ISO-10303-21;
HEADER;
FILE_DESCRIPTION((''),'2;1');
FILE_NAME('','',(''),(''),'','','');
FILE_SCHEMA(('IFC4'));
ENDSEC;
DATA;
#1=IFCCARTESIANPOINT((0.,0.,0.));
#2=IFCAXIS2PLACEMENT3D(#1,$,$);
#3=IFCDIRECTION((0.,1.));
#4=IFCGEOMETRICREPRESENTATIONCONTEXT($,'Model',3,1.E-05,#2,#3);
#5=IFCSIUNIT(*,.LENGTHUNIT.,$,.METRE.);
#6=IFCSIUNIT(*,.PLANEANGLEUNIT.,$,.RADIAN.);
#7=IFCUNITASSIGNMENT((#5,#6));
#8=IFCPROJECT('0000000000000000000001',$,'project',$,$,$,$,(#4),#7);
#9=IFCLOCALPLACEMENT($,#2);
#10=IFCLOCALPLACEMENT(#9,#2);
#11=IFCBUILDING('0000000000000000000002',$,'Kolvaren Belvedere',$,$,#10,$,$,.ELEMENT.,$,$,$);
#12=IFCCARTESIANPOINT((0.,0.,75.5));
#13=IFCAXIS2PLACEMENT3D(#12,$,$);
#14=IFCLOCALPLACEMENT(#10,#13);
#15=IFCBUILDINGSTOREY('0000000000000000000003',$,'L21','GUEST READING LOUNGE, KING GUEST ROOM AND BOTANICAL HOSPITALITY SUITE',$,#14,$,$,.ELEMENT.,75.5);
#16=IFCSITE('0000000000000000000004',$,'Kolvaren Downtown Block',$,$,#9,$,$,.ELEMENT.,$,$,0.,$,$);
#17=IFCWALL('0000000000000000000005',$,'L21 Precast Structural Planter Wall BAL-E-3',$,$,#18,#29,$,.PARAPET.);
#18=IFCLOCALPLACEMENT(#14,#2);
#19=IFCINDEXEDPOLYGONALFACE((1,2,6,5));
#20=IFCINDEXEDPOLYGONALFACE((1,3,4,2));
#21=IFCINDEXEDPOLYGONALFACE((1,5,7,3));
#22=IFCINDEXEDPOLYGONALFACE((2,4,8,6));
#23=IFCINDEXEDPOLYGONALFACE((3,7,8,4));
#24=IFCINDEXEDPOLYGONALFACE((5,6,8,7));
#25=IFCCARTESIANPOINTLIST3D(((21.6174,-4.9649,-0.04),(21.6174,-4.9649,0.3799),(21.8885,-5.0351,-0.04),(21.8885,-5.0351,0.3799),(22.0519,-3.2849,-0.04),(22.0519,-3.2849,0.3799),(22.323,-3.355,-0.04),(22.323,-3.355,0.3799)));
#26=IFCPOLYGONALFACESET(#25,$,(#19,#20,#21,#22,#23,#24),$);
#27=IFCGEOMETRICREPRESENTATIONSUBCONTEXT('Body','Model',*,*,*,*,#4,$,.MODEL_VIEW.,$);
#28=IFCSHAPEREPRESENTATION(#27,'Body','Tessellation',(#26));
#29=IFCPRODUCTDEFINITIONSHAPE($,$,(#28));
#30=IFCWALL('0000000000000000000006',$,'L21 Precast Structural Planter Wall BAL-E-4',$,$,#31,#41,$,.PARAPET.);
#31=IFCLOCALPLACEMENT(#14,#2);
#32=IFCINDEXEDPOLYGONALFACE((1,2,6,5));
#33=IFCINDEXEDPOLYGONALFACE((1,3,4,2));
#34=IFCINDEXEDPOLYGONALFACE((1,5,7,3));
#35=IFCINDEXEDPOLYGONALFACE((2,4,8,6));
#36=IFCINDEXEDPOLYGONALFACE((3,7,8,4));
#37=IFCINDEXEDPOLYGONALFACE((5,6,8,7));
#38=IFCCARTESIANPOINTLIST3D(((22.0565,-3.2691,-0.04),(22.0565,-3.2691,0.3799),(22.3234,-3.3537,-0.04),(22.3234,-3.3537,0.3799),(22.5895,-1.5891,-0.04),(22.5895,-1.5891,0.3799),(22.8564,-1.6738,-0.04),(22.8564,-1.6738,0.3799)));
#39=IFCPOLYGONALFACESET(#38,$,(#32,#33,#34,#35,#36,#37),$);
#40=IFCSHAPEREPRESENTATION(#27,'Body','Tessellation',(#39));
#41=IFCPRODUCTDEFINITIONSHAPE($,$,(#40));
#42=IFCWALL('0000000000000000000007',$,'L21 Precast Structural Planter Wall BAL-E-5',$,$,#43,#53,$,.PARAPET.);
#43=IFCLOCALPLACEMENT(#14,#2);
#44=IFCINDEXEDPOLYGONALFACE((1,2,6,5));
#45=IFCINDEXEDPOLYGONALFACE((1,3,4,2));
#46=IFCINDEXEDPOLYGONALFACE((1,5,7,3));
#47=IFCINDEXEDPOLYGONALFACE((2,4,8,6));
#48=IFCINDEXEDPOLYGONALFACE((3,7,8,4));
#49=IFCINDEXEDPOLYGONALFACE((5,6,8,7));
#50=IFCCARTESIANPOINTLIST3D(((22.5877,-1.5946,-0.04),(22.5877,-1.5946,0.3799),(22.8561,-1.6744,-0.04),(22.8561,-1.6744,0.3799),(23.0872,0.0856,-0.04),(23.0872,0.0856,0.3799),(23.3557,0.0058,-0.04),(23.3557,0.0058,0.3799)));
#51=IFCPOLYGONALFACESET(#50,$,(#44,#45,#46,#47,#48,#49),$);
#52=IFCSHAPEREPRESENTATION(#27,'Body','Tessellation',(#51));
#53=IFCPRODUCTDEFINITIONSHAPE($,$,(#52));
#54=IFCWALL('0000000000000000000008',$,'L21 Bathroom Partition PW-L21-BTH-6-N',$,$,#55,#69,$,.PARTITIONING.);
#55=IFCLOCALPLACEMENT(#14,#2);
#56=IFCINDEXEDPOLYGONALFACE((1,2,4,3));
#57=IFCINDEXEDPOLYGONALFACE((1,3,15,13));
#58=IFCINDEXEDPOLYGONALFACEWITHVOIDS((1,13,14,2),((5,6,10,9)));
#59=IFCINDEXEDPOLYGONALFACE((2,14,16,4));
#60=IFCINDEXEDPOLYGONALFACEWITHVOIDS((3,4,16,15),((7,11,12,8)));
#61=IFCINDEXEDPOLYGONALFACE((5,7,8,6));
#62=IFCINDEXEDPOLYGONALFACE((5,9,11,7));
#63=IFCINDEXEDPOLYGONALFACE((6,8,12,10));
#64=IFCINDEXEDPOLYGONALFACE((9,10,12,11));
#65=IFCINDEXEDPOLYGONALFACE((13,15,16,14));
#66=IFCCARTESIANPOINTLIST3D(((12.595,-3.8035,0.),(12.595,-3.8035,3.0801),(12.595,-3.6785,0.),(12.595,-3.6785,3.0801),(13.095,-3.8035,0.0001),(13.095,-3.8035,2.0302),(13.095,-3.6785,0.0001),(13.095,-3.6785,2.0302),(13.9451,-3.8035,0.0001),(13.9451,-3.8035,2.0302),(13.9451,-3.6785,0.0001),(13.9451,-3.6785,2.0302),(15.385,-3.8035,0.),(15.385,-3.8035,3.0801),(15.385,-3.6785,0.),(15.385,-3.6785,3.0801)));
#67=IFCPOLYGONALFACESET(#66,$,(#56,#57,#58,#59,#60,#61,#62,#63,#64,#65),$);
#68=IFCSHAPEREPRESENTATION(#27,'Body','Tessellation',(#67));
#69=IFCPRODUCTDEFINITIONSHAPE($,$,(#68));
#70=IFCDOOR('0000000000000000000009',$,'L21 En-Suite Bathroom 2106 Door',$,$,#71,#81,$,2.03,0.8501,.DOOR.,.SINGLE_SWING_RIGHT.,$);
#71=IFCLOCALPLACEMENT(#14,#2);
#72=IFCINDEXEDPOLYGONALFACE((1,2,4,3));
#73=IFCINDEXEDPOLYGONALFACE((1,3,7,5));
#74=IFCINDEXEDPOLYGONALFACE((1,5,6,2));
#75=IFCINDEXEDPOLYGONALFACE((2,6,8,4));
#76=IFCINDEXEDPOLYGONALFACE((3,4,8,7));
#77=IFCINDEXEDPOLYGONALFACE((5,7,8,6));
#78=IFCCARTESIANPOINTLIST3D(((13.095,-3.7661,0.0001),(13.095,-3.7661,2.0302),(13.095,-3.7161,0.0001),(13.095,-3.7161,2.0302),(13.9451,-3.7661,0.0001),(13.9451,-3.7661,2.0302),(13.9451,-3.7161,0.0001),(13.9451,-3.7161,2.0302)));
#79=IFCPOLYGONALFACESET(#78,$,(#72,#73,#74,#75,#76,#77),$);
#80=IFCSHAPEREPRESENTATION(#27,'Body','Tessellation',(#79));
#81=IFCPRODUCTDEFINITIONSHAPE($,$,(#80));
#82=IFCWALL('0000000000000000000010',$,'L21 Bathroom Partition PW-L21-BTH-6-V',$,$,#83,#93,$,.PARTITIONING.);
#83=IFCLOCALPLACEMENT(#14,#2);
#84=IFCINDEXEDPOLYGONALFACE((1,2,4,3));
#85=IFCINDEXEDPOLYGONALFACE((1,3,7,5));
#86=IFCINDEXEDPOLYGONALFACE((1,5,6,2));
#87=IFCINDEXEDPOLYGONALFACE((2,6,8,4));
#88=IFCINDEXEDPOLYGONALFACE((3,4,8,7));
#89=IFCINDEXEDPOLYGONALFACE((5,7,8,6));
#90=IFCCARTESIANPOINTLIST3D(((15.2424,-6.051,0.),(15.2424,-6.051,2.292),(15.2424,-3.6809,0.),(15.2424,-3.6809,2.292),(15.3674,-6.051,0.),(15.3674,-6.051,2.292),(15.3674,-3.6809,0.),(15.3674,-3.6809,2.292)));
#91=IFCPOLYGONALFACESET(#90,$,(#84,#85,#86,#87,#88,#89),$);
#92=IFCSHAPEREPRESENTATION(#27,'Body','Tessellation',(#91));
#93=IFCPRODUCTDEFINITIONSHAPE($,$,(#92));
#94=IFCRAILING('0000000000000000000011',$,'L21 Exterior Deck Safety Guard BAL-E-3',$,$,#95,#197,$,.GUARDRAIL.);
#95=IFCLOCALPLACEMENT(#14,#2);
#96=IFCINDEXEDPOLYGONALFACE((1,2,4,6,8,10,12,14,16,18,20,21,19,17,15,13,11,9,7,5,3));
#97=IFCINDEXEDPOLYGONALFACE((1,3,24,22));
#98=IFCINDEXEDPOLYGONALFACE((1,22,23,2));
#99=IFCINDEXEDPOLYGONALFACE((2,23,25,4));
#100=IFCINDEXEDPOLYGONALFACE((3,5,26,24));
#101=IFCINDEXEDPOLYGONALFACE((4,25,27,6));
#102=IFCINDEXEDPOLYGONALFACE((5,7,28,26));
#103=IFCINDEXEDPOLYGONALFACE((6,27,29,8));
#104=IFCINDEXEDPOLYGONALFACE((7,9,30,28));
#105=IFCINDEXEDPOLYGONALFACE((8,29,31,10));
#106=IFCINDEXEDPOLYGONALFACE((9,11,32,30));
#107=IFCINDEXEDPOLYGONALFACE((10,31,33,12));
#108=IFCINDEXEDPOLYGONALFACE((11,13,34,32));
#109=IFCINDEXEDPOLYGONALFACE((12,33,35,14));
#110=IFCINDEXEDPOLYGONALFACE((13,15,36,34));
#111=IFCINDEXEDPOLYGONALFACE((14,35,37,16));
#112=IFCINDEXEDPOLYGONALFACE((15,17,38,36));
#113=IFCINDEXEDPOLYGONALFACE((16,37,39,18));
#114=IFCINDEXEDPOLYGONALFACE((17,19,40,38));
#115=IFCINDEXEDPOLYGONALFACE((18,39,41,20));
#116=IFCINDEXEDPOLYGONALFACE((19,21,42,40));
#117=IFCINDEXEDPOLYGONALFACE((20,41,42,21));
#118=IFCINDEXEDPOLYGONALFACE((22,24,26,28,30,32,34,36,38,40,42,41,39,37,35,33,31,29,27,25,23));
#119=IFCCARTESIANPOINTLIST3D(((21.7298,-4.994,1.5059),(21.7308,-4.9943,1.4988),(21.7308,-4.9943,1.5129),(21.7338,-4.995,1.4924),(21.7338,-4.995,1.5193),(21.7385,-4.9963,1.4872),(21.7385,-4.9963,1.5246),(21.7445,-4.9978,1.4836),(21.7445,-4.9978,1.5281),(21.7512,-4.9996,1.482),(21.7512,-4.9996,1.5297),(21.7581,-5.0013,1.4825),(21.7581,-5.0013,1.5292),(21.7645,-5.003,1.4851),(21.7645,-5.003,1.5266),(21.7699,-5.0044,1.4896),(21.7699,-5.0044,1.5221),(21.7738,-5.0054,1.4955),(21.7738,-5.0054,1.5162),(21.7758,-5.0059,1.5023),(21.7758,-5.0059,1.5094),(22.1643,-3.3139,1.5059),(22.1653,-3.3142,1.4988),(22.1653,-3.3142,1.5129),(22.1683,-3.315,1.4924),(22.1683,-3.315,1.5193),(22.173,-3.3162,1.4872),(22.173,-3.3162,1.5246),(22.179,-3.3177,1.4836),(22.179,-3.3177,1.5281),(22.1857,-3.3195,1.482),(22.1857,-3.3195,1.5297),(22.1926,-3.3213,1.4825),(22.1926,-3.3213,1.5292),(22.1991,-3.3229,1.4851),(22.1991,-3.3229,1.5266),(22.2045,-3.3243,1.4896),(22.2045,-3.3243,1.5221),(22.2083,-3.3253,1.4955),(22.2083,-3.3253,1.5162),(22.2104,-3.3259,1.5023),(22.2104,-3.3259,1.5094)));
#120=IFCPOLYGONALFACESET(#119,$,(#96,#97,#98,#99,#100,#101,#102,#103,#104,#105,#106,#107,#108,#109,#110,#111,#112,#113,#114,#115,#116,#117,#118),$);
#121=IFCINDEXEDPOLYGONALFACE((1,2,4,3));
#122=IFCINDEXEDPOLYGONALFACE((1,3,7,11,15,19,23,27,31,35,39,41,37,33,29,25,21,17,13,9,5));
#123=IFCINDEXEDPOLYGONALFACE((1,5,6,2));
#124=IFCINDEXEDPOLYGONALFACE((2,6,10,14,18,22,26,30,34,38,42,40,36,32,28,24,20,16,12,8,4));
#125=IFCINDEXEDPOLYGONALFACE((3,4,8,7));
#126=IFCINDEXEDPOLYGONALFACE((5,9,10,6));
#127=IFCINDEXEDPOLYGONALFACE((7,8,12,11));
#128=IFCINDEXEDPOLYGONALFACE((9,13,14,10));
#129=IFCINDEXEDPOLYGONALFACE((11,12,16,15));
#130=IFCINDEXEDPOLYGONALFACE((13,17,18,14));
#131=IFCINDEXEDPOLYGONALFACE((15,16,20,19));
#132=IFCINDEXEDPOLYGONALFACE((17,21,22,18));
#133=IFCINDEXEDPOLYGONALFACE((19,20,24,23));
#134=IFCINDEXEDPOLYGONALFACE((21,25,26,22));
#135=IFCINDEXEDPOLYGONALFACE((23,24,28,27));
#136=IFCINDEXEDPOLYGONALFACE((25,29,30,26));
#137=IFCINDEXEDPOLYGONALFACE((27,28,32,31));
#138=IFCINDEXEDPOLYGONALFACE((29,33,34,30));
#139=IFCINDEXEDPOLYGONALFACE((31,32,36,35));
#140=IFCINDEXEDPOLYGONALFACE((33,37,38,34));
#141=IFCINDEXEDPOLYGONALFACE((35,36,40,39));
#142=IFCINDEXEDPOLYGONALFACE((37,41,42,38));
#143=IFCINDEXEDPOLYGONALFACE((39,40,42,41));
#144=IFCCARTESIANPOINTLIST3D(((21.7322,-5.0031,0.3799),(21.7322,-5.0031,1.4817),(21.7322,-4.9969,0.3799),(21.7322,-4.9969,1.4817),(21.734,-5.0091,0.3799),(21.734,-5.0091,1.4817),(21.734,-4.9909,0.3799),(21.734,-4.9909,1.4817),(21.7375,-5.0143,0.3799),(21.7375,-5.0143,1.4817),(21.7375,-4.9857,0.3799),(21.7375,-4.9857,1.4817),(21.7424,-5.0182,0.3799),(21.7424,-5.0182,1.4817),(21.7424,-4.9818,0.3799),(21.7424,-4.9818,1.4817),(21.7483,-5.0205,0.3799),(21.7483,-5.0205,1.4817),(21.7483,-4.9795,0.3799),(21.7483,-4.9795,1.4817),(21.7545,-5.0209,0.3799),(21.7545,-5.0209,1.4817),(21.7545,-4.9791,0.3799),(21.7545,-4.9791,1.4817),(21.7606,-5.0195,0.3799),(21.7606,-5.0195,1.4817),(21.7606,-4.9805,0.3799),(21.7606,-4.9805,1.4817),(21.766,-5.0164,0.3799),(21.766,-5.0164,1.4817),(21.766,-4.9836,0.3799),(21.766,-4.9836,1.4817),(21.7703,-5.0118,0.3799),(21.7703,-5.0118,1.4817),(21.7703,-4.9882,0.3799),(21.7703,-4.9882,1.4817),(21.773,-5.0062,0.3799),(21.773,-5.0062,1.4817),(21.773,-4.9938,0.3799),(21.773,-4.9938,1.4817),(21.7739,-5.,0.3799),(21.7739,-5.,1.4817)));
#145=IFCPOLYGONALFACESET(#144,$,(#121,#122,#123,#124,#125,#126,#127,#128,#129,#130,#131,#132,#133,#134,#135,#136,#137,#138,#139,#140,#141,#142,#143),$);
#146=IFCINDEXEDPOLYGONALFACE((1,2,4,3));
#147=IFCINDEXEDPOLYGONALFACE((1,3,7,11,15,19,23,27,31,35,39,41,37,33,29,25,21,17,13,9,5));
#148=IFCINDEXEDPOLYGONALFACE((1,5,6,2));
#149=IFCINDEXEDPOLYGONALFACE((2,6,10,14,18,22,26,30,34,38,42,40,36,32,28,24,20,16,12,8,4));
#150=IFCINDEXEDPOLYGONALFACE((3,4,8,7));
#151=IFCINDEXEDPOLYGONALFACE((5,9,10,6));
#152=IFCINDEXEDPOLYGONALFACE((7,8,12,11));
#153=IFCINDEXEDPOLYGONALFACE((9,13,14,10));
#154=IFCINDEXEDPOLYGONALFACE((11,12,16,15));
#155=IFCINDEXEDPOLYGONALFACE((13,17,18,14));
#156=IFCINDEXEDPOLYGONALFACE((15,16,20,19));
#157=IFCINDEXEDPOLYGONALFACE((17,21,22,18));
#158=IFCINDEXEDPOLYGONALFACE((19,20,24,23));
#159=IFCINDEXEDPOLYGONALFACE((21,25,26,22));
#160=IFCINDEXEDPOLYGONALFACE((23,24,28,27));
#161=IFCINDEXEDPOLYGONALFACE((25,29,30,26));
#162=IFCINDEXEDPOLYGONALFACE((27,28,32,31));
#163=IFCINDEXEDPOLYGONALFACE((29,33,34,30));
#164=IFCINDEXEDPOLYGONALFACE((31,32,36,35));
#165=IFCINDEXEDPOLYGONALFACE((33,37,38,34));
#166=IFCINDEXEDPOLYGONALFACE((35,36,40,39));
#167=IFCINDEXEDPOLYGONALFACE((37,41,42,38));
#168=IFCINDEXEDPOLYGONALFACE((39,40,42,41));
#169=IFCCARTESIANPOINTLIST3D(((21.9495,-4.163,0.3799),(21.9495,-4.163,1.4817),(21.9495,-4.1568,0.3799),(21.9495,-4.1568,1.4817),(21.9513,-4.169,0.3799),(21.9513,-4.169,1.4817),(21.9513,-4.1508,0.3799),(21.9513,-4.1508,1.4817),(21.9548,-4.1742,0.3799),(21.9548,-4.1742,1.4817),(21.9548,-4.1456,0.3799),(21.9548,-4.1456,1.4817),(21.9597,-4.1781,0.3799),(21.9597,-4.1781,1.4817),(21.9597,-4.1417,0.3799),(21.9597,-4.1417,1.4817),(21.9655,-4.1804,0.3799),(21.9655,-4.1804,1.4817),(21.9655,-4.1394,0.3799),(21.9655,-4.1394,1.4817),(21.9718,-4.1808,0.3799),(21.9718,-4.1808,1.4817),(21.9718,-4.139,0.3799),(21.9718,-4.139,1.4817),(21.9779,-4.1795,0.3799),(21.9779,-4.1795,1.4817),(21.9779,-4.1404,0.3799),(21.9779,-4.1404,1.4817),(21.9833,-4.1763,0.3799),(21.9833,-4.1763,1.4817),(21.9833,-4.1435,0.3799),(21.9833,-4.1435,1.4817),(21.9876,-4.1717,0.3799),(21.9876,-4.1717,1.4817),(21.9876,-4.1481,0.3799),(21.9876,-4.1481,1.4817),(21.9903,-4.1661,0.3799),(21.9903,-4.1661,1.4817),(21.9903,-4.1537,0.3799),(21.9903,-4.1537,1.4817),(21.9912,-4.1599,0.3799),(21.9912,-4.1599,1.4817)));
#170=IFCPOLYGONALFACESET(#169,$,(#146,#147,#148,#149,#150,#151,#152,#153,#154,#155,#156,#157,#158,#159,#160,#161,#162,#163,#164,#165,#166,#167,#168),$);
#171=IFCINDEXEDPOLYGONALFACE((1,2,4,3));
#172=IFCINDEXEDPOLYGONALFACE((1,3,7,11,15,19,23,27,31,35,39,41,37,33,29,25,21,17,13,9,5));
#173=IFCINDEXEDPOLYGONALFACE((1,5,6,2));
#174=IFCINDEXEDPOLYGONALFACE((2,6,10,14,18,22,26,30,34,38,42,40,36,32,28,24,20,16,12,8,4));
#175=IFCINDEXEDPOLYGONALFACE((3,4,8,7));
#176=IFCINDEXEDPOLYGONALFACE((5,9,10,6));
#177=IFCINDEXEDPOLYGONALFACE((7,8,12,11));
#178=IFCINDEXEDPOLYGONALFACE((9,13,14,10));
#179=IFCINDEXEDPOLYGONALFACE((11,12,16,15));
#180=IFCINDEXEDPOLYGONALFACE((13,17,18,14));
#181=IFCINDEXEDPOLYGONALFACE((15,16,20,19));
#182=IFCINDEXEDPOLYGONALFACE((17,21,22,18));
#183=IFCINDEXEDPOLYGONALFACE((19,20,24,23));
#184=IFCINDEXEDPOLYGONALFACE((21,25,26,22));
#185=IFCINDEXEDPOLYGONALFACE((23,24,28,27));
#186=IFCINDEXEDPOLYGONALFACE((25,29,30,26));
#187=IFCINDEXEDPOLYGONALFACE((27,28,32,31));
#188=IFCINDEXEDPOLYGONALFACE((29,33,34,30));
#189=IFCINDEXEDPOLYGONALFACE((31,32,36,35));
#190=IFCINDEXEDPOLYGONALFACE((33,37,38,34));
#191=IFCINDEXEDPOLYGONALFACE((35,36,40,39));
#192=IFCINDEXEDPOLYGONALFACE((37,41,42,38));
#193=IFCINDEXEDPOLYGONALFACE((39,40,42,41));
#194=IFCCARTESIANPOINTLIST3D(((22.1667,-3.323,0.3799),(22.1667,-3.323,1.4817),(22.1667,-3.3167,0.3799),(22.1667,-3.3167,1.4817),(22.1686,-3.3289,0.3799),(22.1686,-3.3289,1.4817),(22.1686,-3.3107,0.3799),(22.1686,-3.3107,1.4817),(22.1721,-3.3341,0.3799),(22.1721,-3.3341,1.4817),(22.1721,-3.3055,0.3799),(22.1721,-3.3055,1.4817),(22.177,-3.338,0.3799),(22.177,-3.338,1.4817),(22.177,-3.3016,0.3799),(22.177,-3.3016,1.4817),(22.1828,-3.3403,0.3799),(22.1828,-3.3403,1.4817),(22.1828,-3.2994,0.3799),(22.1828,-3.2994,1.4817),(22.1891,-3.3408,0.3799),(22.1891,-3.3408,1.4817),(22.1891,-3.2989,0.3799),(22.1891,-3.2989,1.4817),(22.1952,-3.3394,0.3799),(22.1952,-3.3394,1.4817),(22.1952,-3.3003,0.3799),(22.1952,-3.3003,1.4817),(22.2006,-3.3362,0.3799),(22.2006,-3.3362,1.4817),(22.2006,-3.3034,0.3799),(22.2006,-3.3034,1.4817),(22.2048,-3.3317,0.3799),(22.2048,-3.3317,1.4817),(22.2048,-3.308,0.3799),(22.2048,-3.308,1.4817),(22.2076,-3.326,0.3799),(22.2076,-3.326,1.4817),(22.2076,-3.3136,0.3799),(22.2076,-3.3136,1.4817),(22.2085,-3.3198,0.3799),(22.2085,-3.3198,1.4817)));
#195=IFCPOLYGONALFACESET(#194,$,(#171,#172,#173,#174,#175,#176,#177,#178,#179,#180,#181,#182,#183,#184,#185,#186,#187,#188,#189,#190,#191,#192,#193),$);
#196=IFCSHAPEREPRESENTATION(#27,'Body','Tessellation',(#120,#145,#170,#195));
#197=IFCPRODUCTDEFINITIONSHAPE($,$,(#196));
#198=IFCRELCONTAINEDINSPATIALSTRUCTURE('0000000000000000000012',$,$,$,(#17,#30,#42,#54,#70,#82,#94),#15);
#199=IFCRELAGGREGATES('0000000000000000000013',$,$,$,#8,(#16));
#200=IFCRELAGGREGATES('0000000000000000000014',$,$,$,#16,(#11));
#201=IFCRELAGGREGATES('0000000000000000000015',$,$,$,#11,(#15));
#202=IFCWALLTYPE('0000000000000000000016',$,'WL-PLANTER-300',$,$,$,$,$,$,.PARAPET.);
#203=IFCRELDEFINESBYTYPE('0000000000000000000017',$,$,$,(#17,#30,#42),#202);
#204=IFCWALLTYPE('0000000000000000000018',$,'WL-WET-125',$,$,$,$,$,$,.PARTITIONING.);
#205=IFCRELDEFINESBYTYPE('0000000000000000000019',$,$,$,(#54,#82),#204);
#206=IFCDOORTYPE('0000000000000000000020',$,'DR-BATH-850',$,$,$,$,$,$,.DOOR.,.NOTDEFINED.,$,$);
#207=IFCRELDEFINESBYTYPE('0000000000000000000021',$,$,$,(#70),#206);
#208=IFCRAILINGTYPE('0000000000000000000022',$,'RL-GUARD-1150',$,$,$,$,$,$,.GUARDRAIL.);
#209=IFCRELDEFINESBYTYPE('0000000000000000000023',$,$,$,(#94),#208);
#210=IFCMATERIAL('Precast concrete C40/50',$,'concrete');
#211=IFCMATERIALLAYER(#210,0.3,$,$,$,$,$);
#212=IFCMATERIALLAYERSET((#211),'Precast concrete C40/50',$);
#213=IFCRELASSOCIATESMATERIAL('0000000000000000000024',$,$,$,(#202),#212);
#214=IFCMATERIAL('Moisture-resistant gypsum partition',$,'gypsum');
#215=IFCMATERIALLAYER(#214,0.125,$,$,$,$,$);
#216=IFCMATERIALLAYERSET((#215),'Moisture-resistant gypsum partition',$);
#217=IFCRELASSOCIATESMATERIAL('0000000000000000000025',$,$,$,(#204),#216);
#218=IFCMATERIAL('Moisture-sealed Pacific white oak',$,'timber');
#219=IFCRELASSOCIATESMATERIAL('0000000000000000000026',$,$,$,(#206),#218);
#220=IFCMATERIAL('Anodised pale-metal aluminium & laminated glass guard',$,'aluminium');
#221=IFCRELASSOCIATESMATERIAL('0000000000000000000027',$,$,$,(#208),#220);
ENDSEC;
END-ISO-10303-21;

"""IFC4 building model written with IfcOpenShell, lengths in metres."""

from ifc_helpers import new_model, si_unit, direction, frame, frame_2d, origin, origin_2d, place, context, subcontext, project, spatial, rectangle, circle, extrude, material, layer, layer_set, type_object, element, fill, save


model = new_model("IFC4")

# Units and contexts
model_context = context("Model", 3, precision=1e-05, world=origin(), true_north=direction((0.0, 1.0)))
body_context = subcontext(model_context, "Body", "Model", "MODEL_VIEW")
ifc_project = project(units=[si_unit("LENGTHUNIT", "METRE"), si_unit("PLANEANGLEUNIT", "RADIAN")], contexts=[model_context])

# Site, building, storey
site_placement = place(None, origin())
site = spatial("IfcSite", under=ifc_project, at=site_placement, Name="Kolvaren Downtown Block", CompositionType="ELEMENT", RefElevation=0.0)
building_placement = place(site_placement, origin())
building = spatial("IfcBuilding", under=site, at=building_placement, Name="Kolvaren Belvedere", CompositionType="ELEMENT")
storey_placement = place(building_placement, frame((0.0, 0.0, 75.5)))
storey = spatial("IfcBuildingStorey", under=building, at=storey_placement, Name="L21", Description="GUEST READING LOUNGE, KING GUEST ROOM AND BOTANICAL HOSPITALITY SUITE", CompositionType="ELEMENT", Elevation=75.5)

# Walls
ifc_material_1 = material(Name="Precast concrete C40/50", Category="concrete")
ifc_layer_1 = layer(ifc_material_1, 0.3)
ifc_layer_set_1 = layer_set([ifc_layer_1], Name="Precast concrete C40/50")
wall_type_1 = type_object("IfcWallType", Name="WL-PLANTER-300", PredefinedType="PARAPET", material=ifc_layer_set_1)
wall_1_placement = place(storey_placement, frame((21.7529, -5.0, -0.04), z_axis=(0.0, 0.0, 1.0), x_axis=(0.250406, 0.968141, 0.0)))
element("IfcWall", 1, at=wall_1_placement, inside=storey, type_object=wall_type_1, Name="L21 Precast Structural Planter Wall BAL-E-3", PredefinedType="PARAPET", context=body_context, shape_type="SweptSolid", body=[
    extrude(rectangle(XDim=1.7354, YDim=0.28, at=frame_2d((0.8677, 0.0))), origin(), (0.0, 0.0, 1.0), 0.4199),
])
wall_2_placement = place(storey_placement, frame((22.1899, -3.3115, -0.04), z_axis=(0.0, 0.0, 1.0), x_axis=(0.302397, 0.953182, 0.0)))
element("IfcWall", 2, at=wall_2_placement, inside=storey, type_object=wall_type_1, Name="L21 Precast Structural Planter Wall BAL-E-4", PredefinedType="PARAPET", context=body_context, shape_type="SweptSolid", body=[
    extrude(rectangle(XDim=1.7625, YDim=0.28, at=frame_2d((0.8813, 0.0))), origin(), (0.0, 0.0, 1.0), 0.4199),
])
wall_3_placement = place(storey_placement, frame((22.7219, -1.6345, -0.04), z_axis=(0.0, 0.0, 1.0), x_axis=(0.28497, 0.958536, 0.0)))
element("IfcWall", 3, at=wall_3_placement, inside=storey, type_object=wall_type_1, Name="L21 Precast Structural Planter Wall BAL-E-5", PredefinedType="PARAPET", context=body_context, shape_type="SweptSolid", body=[
    extrude(rectangle(XDim=1.7529, YDim=0.28, at=frame_2d((0.8765, 0.0))), origin(), (0.0, 0.0, 1.0), 0.4199),
])

# Wall, opening, door
ifc_material_2 = material(Name="Moisture-resistant gypsum partition", Category="gypsum")
ifc_layer_2 = layer(ifc_material_2, 0.125)
ifc_layer_set_2 = layer_set([ifc_layer_2], Name="Moisture-resistant gypsum partition")
wall_type_2 = type_object("IfcWallType", Name="WL-WET-125", PredefinedType="PARTITIONING", material=ifc_layer_set_2)
wall_4_placement = place(storey_placement, frame((12.595, -3.741, 0.0), z_axis=(0.0, 0.0, 1.0), x_axis=(1.0, 0.0, 0.0)))
wall_4 = element("IfcWall", 4, at=wall_4_placement, inside=storey, type_object=wall_type_2, Name="L21 Bathroom Partition PW-L21-BTH-6-N", PredefinedType="PARTITIONING", context=body_context, shape_type="SweptSolid", body=[
    extrude(rectangle(XDim=2.79, YDim=0.125, at=frame_2d((1.395, 0.0))), origin(), (0.0, 0.0, 1.0), 3.0801),
])
opening_placement = place(wall_4_placement, frame((0.5, 0.0, 0.0)))
opening = element("IfcOpeningElement", 5, at=opening_placement, cuts=wall_4, PredefinedType="OPENING", context=body_context, shape_type="SweptSolid", body=[
    extrude(rectangle(XDim=0.8501, YDim=2.03, at=frame_2d((0.425, 1.0151))), frame((0.0, 0.0725, 0.0), z_axis=(0.0, -1.0, 0.0), x_axis=(1.0, 0.0, 0.0)), (0.0, 0.0, 1.0), 0.145),
])
ifc_material_3 = material(Name="Moisture-sealed Pacific white oak", Category="timber")
door_type = type_object("IfcDoorType", Name="DR-BATH-850", OperationType="NOTDEFINED", PredefinedType="DOOR", material=ifc_material_3)
door_placement = place(opening_placement, origin())
door = element("IfcDoor", 6, at=door_placement, inside=storey, type_object=door_type, Name="L21 En-Suite Bathroom 2106 Door", OperationType="SINGLE_SWING_RIGHT", OverallHeight=2.03, OverallWidth=0.8501, PredefinedType="DOOR", context=body_context, shape_type="SweptSolid", body=[
    extrude(rectangle(XDim=0.8501, YDim=2.03, at=frame_2d((0.425, 1.0151))), frame((0.0, 0.0249, 0.0), z_axis=(0.0, -1.0, 0.0), x_axis=(1.0, 0.0, 0.0)), (0.0, 0.0, 1.0), 0.05),
])
fill(opening, door)

# Wall
wall_5_placement = place(storey_placement, frame((15.3049, -6.051, 0.0), z_axis=(0.0, 0.0, 1.0), x_axis=(0.0, 1.0, 0.0)))
element("IfcWall", 7, at=wall_5_placement, inside=storey, type_object=wall_type_2, Name="L21 Bathroom Partition PW-L21-BTH-6-V", PredefinedType="PARTITIONING", context=body_context, shape_type="SweptSolid", body=[
    extrude(rectangle(XDim=2.3701, YDim=0.125, at=frame_2d((1.1851, 0.0))), origin(), (0.0, 0.0, 1.0), 2.292),
])

# Railing
ifc_material_4 = material(Name="Anodised pale-metal aluminium & laminated glass guard", Category="aluminium")
railing_type = type_object("IfcRailingType", Name="RL-GUARD-1150", PredefinedType="GUARDRAIL", material=ifc_material_4)
railing_1_placement = place(storey_placement, frame((21.7529, -5.0, 0.3799)))
element("IfcRailing", 8, at=railing_1_placement, inside=storey, type_object=railing_type, Name="L21 Exterior Deck Safety Guard BAL-E-3", PredefinedType="GUARDRAIL", context=body_context, shape_type="SweptSolid", body=[
    extrude(circle(Radius=0.0239, at=origin_2d()), frame((0.0, 0.0, 1.126), z_axis=(0.250406, 0.968141, 0.0), x_axis=(-0.968141, 0.250406, 0.0)), (0.0, 0.0, 1.0), 1.7354),
    extrude(circle(Radius=0.021, at=origin_2d()), origin(), (0.0, 0.0, 1.0), 1.1018),
    extrude(circle(Radius=0.021, at=origin_2d()), frame((0.2173, 0.8401, 0.0)), (0.0, 0.0, 1.0), 1.1018),
    extrude(circle(Radius=0.021, at=origin_2d()), frame((0.4346, 1.6802, 0.0)), (0.0, 0.0, 1.0), 1.1018),
])

save(model, "model.ifc")
